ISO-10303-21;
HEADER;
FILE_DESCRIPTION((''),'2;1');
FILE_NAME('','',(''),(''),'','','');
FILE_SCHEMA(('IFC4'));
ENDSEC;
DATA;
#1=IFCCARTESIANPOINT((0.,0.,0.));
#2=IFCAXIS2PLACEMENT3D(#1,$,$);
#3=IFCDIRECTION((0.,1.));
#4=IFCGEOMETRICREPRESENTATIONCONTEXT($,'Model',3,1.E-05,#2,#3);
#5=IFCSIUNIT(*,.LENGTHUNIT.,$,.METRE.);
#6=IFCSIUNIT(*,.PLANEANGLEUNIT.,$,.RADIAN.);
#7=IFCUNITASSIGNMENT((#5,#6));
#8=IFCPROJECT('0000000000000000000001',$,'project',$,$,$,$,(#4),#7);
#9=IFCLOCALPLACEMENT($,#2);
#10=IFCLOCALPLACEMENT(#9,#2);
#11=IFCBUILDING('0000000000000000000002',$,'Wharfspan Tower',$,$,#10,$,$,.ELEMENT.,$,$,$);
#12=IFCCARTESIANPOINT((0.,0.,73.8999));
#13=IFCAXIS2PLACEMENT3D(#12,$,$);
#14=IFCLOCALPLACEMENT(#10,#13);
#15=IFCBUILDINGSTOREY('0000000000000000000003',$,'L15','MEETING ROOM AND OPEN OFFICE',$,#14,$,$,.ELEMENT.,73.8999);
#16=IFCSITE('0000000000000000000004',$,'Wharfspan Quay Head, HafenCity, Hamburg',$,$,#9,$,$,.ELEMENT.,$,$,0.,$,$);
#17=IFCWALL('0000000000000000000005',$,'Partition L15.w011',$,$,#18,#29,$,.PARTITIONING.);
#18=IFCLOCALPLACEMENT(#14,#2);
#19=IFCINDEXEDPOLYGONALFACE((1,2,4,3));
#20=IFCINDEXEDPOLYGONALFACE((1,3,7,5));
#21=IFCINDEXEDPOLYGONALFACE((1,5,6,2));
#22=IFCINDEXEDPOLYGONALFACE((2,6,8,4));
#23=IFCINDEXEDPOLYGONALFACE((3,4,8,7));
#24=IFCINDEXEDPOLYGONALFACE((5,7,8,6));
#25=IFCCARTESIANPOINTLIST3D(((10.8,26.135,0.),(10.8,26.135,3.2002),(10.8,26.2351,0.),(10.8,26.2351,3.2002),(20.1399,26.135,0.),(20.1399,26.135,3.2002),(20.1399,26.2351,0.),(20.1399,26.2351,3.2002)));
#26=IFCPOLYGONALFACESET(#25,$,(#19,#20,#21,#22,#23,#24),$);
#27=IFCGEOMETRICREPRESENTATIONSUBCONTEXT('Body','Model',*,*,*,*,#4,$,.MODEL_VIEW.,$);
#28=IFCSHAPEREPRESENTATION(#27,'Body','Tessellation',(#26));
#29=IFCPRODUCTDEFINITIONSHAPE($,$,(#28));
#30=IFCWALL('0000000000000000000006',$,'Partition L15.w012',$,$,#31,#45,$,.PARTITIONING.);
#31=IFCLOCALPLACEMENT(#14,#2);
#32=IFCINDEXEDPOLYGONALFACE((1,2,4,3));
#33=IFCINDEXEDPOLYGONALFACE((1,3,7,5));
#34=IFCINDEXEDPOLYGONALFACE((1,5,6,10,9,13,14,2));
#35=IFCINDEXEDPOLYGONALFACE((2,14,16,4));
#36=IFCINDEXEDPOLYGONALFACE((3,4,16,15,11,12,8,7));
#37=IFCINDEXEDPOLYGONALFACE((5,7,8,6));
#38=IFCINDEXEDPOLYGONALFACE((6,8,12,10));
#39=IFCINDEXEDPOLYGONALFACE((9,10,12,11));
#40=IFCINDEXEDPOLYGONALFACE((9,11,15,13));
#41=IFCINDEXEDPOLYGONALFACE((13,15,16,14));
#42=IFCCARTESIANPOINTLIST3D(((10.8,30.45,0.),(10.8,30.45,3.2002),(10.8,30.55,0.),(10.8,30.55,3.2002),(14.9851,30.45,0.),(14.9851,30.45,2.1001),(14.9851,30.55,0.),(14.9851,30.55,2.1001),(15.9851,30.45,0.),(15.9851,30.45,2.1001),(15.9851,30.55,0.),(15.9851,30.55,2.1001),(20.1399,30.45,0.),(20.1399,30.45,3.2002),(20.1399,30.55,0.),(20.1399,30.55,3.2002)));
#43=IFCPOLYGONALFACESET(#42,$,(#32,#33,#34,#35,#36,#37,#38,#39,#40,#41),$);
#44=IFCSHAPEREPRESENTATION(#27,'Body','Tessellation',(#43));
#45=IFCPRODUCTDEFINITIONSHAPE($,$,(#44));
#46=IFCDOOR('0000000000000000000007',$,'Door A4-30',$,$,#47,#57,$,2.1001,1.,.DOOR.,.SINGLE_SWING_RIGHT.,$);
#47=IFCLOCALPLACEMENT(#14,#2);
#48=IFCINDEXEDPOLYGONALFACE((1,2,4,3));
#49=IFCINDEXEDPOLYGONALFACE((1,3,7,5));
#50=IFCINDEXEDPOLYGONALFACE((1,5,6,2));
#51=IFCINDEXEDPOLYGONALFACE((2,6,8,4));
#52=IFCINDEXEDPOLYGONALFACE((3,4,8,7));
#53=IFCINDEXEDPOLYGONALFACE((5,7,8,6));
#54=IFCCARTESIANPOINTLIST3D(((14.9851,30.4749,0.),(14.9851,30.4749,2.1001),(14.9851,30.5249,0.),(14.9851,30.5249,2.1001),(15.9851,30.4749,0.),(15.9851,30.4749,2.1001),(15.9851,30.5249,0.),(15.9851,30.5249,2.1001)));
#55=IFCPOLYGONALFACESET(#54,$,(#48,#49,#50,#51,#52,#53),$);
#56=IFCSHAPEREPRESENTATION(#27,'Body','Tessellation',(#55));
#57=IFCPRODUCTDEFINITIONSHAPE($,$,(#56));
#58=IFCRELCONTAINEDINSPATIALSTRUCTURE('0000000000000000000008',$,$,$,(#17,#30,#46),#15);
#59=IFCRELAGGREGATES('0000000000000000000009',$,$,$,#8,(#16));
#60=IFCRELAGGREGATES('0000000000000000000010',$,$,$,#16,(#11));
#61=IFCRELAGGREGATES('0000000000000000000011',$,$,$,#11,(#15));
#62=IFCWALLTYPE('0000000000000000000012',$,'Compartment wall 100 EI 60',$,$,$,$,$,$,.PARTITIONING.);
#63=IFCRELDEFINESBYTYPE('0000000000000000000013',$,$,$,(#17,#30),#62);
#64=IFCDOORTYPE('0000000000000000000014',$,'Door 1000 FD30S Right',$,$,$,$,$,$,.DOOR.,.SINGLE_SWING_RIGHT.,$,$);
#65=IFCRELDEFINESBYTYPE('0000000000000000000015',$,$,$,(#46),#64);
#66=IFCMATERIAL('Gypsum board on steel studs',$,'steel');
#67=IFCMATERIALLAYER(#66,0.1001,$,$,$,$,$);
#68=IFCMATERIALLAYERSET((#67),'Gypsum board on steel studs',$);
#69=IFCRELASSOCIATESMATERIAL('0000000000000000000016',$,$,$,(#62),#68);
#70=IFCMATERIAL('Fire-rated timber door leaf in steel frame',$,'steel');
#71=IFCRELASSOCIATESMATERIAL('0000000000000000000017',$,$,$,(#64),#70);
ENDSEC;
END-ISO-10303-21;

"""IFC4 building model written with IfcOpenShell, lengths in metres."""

from ifc_helpers import new_model, si_unit, direction, frame, frame_2d, origin, place, context, subcontext, project, spatial, rectangle, extrude, material, layer, layer_set, type_object, element, fill, save


model = new_model("IFC4")

# Units and contexts
model_context = context("Model", 3, precision=1e-05, world=origin(), true_north=direction((0.0, 1.0)))
body_context = subcontext(model_context, "Body", "Model", "MODEL_VIEW")
ifc_project = project(units=[si_unit("LENGTHUNIT", "METRE"), si_unit("PLANEANGLEUNIT", "RADIAN")], contexts=[model_context])

# Site, building, storey
site_placement = place(None, origin())
site = spatial("IfcSite", under=ifc_project, at=site_placement, Name="Wharfspan Quay Head, HafenCity, Hamburg", CompositionType="ELEMENT", RefElevation=0.0)
building_placement = place(site_placement, origin())
building = spatial("IfcBuilding", under=site, at=building_placement, Name="Wharfspan Tower", CompositionType="ELEMENT")
storey_placement = place(building_placement, frame((0.0, 0.0, 73.8999)))
storey = spatial("IfcBuildingStorey", under=building, at=storey_placement, Name="L15", Description="MEETING ROOM AND OPEN OFFICE", CompositionType="ELEMENT", Elevation=73.8999)

# Wall
ifc_material_1 = material(Name="Gypsum board on steel studs", Category="steel")
ifc_layer_1 = layer(ifc_material_1, 0.1001)
ifc_layer_set_1 = layer_set([ifc_layer_1], Name="Gypsum board on steel studs")
wall_type_1 = type_object("IfcWallType", Name="Compartment wall 100 EI 60", PredefinedType="PARTITIONING", material=ifc_layer_set_1)
wall_1_placement = place(storey_placement, frame((10.8, 26.1851, 0.0), z_axis=(0.0, 0.0, 1.0), x_axis=(1.0, 0.0, 0.0)))
element("IfcWall", 1, at=wall_1_placement, inside=storey, type_object=wall_type_1, Name="Partition L15.w011", PredefinedType="PARTITIONING", context=body_context, shape_type="SweptSolid", body=[
    extrude(rectangle(XDim=9.3398, YDim=0.1001, at=frame_2d((4.6699, 0.0))), origin(), (0.0, 0.0, 1.0), 3.2002),
])

# Wall, opening, door
wall_2_placement = place(storey_placement, frame((10.8, 30.5, 0.0), z_axis=(0.0, 0.0, 1.0), x_axis=(1.0, 0.0, 0.0)))
wall_2 = element("IfcWall", 2, at=wall_2_placement, inside=storey, type_object=wall_type_1, Name="Partition L15.w012", PredefinedType="PARTITIONING", context=body_context, shape_type="SweptSolid", body=[
    extrude(rectangle(XDim=9.3398, YDim=0.1001, at=frame_2d((4.6699, 0.0))), origin(), (0.0, 0.0, 1.0), 3.2002),
])
opening_1_placement = place(wall_2_placement, frame((4.1851, 0.0, 0.0)))
opening_1 = element("IfcOpeningElement", 3, at=opening_1_placement, cuts=wall_2, PredefinedType="OPENING", context=body_context, shape_type="SweptSolid", body=[
    extrude(rectangle(XDim=1.0, YDim=2.1001, at=frame_2d((0.5, 1.05))), frame((0.0, 0.0601, 0.0), z_axis=(0.0, -1.0, 0.0), x_axis=(1.0, 0.0, 0.0)), (0.0, 0.0, 1.0), 0.1201),
])
ifc_material_2 = material(Name="Fire-rated timber door leaf in steel frame", Category="steel")
door_type_1 = type_object("IfcDoorType", Name="Door 1000 FD30S Right", OperationType="SINGLE_SWING_RIGHT", PredefinedType="DOOR", material=ifc_material_2)
door_1_placement = place(opening_1_placement, origin())
door_1 = element("IfcDoor", 4, at=door_1_placement, inside=storey, type_object=door_type_1, Name="Door A4-30", OperationType="SINGLE_SWING_RIGHT", OverallHeight=2.1001, OverallWidth=1.0, PredefinedType="DOOR", context=body_context, shape_type="SweptSolid", body=[
    extrude(rectangle(XDim=1.0, YDim=2.1001, at=frame_2d((0.5, 1.05))), frame((0.0, 0.0249, 0.0), z_axis=(0.0, -1.0, 0.0), x_axis=(1.0, 0.0, 0.0)), (0.0, 0.0, 1.0), 0.05),
])
fill(opening_1, door_1)

save(model, "model.ifc")
